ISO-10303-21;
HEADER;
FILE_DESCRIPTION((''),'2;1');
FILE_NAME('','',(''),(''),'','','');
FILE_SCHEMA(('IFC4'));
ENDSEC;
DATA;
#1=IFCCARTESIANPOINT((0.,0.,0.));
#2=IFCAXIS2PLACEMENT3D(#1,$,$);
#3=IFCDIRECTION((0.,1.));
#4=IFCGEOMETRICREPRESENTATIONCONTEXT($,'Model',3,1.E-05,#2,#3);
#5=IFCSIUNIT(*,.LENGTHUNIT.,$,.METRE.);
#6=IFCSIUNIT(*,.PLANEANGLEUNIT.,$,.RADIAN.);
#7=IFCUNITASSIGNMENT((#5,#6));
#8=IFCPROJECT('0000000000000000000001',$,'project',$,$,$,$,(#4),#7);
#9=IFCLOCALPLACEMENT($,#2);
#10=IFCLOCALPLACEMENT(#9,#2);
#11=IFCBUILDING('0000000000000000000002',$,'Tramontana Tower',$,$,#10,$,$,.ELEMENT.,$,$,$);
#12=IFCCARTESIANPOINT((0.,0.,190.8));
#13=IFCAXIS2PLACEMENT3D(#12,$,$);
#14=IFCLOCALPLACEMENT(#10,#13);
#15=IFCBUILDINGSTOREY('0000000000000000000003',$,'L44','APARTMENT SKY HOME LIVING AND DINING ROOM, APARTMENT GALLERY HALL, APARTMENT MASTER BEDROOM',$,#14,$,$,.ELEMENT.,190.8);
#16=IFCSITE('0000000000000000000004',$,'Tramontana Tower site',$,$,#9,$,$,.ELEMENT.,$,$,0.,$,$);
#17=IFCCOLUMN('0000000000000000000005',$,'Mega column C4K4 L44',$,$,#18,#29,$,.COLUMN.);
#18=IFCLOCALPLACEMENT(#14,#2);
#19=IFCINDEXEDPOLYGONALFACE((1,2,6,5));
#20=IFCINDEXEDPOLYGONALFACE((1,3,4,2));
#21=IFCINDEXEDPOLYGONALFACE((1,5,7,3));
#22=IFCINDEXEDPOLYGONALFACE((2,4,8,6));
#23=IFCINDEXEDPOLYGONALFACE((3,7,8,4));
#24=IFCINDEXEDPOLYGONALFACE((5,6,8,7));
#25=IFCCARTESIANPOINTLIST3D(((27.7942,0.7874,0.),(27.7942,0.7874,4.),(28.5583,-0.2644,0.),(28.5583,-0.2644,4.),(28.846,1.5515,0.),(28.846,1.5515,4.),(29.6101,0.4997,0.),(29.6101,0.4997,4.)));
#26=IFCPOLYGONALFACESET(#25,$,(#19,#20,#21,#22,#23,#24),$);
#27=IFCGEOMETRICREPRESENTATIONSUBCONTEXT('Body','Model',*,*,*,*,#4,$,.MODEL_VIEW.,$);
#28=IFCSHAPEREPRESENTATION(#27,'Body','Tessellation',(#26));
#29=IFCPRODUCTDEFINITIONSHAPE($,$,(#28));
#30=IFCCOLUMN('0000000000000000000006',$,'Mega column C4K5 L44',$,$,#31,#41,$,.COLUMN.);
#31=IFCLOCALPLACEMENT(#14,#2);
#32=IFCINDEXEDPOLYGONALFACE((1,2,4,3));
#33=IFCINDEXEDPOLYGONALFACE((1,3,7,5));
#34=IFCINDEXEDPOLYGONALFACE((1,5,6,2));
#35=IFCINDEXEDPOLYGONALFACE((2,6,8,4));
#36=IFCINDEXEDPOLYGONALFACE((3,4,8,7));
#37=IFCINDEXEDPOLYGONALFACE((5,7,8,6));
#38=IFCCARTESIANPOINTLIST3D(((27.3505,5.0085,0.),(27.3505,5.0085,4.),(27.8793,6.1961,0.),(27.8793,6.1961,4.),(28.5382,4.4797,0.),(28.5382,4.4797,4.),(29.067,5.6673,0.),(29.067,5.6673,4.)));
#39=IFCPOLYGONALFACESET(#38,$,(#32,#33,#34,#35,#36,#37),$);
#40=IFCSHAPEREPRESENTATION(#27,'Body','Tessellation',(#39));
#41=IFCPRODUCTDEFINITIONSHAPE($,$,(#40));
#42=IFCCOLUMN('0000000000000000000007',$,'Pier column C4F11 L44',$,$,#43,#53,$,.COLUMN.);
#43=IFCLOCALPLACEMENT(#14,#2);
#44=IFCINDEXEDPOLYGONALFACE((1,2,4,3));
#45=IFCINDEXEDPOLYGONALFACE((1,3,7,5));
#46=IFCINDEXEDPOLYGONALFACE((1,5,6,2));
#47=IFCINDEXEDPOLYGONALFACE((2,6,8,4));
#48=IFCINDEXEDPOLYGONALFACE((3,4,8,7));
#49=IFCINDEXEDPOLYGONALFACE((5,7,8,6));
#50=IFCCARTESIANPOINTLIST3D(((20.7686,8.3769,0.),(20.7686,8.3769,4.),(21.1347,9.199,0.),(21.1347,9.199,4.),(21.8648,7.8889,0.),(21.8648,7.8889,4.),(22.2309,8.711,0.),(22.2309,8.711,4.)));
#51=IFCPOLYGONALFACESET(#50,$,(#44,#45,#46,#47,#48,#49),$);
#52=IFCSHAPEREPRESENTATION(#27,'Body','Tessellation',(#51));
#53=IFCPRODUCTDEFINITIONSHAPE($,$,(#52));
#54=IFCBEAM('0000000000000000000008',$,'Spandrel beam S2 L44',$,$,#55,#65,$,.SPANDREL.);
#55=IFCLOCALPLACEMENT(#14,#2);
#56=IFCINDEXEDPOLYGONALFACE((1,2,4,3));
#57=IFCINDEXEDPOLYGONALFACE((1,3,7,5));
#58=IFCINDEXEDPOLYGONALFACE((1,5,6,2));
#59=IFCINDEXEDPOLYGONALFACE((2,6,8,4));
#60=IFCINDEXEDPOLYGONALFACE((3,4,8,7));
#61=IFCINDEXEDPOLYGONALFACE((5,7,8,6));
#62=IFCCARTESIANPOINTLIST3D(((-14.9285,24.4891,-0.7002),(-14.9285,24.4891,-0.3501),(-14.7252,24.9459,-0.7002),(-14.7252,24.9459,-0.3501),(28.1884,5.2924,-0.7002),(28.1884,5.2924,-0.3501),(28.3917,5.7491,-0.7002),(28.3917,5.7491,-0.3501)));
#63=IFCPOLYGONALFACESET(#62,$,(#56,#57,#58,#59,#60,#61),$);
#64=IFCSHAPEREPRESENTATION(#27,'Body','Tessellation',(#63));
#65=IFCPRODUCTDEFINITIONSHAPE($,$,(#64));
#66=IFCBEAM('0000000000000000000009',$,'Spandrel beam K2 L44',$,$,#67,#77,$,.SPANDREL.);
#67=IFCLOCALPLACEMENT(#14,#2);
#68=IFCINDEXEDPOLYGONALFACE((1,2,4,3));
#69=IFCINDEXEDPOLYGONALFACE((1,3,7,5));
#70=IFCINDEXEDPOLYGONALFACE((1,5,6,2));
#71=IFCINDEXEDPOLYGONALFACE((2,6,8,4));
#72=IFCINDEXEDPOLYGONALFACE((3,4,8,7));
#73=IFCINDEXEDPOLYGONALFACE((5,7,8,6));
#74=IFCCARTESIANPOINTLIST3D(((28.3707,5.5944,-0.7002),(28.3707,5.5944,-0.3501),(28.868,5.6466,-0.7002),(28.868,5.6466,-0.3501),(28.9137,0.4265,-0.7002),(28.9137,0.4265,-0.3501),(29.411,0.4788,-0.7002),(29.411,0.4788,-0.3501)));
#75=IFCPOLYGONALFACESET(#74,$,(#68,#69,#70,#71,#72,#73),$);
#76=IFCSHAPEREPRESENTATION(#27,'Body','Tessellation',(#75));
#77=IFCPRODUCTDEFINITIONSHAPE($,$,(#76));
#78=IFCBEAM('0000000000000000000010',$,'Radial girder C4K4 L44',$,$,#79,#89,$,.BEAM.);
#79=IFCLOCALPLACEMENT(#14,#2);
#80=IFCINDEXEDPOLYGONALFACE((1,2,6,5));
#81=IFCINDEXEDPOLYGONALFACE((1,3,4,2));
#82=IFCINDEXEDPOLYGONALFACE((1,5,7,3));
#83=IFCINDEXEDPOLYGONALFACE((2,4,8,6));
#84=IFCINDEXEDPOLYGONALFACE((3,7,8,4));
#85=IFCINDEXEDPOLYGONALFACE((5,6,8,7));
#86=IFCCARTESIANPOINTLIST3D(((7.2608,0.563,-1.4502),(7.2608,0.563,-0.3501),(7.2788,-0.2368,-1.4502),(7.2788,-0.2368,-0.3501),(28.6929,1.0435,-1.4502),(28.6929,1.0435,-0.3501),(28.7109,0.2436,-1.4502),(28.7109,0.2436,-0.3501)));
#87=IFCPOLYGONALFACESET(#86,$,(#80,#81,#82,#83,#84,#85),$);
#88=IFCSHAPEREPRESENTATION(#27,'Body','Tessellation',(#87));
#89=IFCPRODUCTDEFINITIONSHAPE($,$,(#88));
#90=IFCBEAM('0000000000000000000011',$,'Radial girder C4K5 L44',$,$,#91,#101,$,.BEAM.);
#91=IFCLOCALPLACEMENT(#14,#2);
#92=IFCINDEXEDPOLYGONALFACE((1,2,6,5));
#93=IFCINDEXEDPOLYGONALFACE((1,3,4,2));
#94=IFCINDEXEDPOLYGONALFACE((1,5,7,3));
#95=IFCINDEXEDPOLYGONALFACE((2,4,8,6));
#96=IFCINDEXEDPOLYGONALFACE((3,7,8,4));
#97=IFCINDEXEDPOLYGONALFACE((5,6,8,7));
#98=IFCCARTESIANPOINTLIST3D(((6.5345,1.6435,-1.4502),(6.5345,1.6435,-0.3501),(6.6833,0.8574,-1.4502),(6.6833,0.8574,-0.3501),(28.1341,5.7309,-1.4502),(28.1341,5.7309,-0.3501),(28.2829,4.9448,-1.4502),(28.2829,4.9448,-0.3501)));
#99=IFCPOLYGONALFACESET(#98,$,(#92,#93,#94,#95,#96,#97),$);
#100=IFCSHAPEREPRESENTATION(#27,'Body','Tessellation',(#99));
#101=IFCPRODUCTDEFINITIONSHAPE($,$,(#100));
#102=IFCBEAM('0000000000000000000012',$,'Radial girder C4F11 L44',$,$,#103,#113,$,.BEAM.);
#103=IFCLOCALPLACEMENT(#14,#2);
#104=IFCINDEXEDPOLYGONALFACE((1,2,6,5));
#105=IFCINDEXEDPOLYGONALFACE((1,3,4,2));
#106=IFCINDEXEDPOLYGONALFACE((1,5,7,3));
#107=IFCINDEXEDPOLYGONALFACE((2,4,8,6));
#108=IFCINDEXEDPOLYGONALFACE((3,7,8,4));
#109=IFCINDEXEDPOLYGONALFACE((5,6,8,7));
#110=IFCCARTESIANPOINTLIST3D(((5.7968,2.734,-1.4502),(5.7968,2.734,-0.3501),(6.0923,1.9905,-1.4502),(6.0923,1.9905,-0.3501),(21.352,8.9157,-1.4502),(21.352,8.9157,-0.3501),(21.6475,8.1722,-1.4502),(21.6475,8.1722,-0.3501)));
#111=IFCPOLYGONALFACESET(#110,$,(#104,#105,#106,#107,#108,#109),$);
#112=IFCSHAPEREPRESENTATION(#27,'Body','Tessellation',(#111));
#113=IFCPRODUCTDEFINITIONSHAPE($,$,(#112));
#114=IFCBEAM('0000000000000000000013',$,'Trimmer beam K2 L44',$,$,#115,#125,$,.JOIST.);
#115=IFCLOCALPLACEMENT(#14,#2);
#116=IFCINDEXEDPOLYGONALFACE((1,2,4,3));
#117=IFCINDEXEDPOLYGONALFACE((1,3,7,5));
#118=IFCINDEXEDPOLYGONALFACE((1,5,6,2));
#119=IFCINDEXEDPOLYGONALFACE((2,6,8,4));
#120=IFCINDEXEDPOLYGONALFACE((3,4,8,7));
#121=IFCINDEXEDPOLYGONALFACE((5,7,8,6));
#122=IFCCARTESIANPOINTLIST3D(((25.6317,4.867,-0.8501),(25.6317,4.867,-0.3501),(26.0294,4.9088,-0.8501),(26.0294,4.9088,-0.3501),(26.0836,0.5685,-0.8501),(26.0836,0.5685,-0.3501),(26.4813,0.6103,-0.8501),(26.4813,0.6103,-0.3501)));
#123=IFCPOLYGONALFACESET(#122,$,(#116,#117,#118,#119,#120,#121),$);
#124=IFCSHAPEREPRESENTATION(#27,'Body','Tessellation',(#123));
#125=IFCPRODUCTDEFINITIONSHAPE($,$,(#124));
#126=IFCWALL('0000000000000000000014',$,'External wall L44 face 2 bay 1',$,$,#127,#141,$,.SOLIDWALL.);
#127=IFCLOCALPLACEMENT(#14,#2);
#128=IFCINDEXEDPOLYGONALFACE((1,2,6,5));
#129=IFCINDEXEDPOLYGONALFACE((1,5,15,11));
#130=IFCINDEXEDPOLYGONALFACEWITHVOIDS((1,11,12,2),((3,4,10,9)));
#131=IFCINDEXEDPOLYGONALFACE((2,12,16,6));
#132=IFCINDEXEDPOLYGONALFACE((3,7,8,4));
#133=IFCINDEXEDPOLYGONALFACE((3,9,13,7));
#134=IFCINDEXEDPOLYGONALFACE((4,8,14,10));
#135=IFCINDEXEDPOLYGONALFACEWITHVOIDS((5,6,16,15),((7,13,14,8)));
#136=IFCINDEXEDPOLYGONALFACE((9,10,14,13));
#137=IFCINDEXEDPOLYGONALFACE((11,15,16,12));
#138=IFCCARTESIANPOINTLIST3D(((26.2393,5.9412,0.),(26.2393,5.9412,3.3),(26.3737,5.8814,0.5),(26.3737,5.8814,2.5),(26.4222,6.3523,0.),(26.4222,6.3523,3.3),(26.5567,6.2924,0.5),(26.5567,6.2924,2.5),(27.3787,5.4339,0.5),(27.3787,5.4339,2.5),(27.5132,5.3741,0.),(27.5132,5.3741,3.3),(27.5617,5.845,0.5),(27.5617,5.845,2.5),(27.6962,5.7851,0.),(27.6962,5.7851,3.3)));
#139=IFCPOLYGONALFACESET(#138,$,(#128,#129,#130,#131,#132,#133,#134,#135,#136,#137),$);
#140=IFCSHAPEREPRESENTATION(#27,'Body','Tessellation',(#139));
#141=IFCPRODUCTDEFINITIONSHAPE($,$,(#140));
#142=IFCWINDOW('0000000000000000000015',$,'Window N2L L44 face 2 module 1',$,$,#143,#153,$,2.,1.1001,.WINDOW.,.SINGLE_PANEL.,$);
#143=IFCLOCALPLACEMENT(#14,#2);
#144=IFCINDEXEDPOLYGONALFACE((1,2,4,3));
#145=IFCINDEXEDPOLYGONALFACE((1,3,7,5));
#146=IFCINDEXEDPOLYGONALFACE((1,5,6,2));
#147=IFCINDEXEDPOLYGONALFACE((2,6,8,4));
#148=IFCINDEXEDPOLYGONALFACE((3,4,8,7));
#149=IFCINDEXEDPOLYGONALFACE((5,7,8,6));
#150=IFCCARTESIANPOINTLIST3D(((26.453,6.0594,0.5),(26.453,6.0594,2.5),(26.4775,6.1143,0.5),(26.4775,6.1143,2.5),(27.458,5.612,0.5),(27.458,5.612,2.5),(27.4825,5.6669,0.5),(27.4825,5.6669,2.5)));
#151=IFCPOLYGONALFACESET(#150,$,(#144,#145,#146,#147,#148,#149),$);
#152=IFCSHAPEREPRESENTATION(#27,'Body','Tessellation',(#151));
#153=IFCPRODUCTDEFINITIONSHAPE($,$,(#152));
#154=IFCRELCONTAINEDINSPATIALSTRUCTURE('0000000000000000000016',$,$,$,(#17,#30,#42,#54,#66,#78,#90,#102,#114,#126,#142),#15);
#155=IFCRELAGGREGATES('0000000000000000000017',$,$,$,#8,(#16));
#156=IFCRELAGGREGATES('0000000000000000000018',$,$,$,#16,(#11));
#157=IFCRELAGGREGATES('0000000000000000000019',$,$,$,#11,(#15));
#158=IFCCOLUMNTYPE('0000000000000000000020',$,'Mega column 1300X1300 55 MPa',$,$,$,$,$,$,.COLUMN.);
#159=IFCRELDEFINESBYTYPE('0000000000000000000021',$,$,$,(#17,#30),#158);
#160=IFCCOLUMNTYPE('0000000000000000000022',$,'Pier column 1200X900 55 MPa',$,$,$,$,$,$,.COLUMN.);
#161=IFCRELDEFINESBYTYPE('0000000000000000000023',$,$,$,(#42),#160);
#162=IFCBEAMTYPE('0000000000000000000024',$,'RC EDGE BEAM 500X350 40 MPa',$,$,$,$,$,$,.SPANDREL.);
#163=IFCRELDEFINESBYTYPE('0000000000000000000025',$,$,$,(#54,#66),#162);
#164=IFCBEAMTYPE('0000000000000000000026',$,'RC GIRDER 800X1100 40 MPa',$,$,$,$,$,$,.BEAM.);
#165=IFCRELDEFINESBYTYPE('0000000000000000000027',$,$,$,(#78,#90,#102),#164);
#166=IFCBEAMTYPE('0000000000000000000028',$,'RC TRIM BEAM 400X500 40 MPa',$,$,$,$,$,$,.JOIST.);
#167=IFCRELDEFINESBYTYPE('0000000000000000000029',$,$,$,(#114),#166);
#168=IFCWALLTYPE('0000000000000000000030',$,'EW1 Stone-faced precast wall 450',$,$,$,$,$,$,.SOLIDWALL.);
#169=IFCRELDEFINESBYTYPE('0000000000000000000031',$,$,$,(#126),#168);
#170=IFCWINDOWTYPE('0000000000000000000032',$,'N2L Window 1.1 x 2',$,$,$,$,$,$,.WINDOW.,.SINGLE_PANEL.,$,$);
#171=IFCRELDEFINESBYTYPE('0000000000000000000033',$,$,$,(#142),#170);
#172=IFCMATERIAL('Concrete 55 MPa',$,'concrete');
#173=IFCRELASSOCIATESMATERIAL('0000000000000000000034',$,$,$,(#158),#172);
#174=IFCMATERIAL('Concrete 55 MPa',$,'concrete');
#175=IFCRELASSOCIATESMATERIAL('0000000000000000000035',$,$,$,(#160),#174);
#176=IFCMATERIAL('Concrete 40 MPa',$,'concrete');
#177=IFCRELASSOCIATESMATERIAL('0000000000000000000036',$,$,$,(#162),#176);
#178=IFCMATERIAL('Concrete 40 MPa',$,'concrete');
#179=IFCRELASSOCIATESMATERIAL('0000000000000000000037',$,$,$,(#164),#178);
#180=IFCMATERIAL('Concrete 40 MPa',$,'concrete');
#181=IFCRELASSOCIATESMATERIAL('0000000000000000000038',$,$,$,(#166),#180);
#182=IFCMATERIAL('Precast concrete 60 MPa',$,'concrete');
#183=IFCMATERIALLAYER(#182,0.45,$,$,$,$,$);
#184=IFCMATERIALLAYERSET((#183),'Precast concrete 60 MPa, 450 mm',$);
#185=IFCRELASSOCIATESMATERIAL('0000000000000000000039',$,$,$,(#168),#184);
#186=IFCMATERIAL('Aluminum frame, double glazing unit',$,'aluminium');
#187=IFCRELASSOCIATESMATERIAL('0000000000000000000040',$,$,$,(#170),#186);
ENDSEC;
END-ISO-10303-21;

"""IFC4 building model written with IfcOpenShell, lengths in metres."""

from ifc_helpers import new_model, si_unit, direction, frame, frame_2d, origin, origin_2d, place, context, subcontext, project, spatial, rectangle, extrude, material, layer, layer_set, material_profile, profile_set, type_object, element, fill, save


model = new_model("IFC4")

# Units and contexts
model_context = context("Model", 3, precision=1e-05, world=origin(), true_north=direction((0.0, 1.0)))
body_context = subcontext(model_context, "Body", "Model", "MODEL_VIEW")
ifc_project = project(units=[si_unit("LENGTHUNIT", "METRE"), si_unit("PLANEANGLEUNIT", "RADIAN")], contexts=[model_context])

# Site, building, storey
site_placement = place(None, origin())
site = spatial("IfcSite", under=ifc_project, at=site_placement, Name="Tramontana Tower site", CompositionType="ELEMENT", RefElevation=0.0)
building_placement = place(site_placement, origin())
building = spatial("IfcBuilding", under=site, at=building_placement, Name="Tramontana Tower", CompositionType="ELEMENT")
storey_placement = place(building_placement, frame((0.0, 0.0, 190.8)))
storey = spatial("IfcBuildingStorey", under=building, at=storey_placement, Name="L44", Description="APARTMENT SKY HOME LIVING AND DINING ROOM, APARTMENT GALLERY HALL, APARTMENT MASTER BEDROOM", CompositionType="ELEMENT", Elevation=190.8)

# Columns
ifc_material_1 = material(Name="Concrete 55 MPa", Category="concrete")
ifc_material_profile_1 = material_profile(ifc_material_1, rectangle(XDim=1.3, YDim=1.3, at=origin_2d()), Name="Mega column 1300X1300 55 MPa")
ifc_profile_set_1 = profile_set([ifc_material_profile_1], Name="Concrete 55 MPa")
column_type_1 = type_object("IfcColumnType", Name="Mega column 1300X1300 55 MPa", PredefinedType="COLUMN", material=ifc_profile_set_1)
for number, where, z_axis, x_axis, name in (
    (1, (28.7021, 0.6436, 0.0), (0.0, 0.0, 1.0), (0.809017, 0.587785, 0.0), "Mega column C4K4 L44"),
    (2, (28.2087, 5.3379, 0.0), (0.0, 0.0, 1.0), (-0.913545, 0.406737, 0.0), "Mega column C4K5 L44"),
):
    element("IfcColumn", number, at=place(storey_placement, frame(where, z_axis=z_axis, x_axis=x_axis)), inside=storey, type_object=column_type_1, Name=name, PredefinedType="COLUMN", context=body_context, shape_type="SweptSolid", body=[
        extrude(rectangle(XDim=1.3, YDim=1.3, at=origin_2d()), origin(), (0.0, 0.0, 1.0), 4.0),
    ])
ifc_material_2 = material(Name="Concrete 55 MPa", Category="concrete")
ifc_material_profile_2 = material_profile(ifc_material_2, rectangle(XDim=1.2, YDim=0.8999, at=origin_2d()), Name="Pier column 1200X900 55 MPa")
ifc_profile_set_2 = profile_set([ifc_material_profile_2], Name="Concrete 55 MPa")
column_type_2 = type_object("IfcColumnType", Name="Pier column 1200X900 55 MPa", PredefinedType="COLUMN", material=ifc_profile_set_2)
column_placement = place(storey_placement, frame((21.4998, 8.5439, 0.0), z_axis=(0.0, 0.0, 1.0), x_axis=(-0.913545, 0.406737, 0.0)))
element("IfcColumn", 3, at=column_placement, inside=storey, type_object=column_type_2, Name="Pier column C4F11 L44", PredefinedType="COLUMN", context=body_context, shape_type="SweptSolid", body=[
    extrude(rectangle(XDim=1.2, YDim=0.8999, at=origin_2d()), origin(), (0.0, 0.0, 1.0), 4.0),
])

# Beams
ifc_material_3 = material(Name="Concrete 40 MPa", Category="concrete")
ifc_material_profile_3 = material_profile(ifc_material_3, rectangle(XDim=0.5, YDim=0.3501, at=origin_2d()), Name="RC EDGE BEAM 500X350 40 MPa")
ifc_profile_set_3 = profile_set([ifc_material_profile_3], Name="Concrete 40 MPa")
beam_type_1 = type_object("IfcBeamType", Name="RC EDGE BEAM 500X350 40 MPa", PredefinedType="SPANDREL", material=ifc_profile_set_3)
beam_1_placement = place(storey_placement, frame((28.29, 5.5208, -0.5251), z_axis=(-0.913546, 0.406734, 0.0), x_axis=(-0.406734, -0.913546, 0.0)))
element("IfcBeam", 4, at=beam_1_placement, inside=storey, type_object=beam_type_1, Name="Spandrel beam S2 L44", PredefinedType="SPANDREL", context=body_context, shape_type="SweptSolid", body=[
    extrude(rectangle(XDim=0.5, YDim=0.3501, at=origin_2d()), origin(), (0.0, 0.0, 1.0), 47.1973),
])
beam_2_placement = place(storey_placement, frame((29.1624, 0.4526, -0.5251), z_axis=(-0.104494, 0.994526, 0.0), x_axis=(-0.994526, -0.104494, 0.0)))
element("IfcBeam", 5, at=beam_2_placement, inside=storey, type_object=beam_type_1, Name="Spandrel beam K2 L44", PredefinedType="SPANDREL", context=body_context, shape_type="SweptSolid", body=[
    extrude(rectangle(XDim=0.5, YDim=0.3501, at=origin_2d()), origin(), (0.0, 0.0, 1.0), 5.1963),
])
ifc_material_4 = material(Name="Concrete 40 MPa", Category="concrete")
ifc_material_profile_4 = material_profile(ifc_material_4, rectangle(XDim=0.8, YDim=1.1001, at=origin_2d()), Name="RC GIRDER 800X1100 40 MPa")
ifc_profile_set_4 = profile_set([ifc_material_profile_4], Name="Concrete 40 MPa")
beam_type_2 = type_object("IfcBeamType", Name="RC GIRDER 800X1100 40 MPa", PredefinedType="BEAM", material=ifc_profile_set_4)
beam_3_placement = place(storey_placement, frame((28.7019, 0.6436, -0.9001), z_axis=(-0.999749, -0.022413, 0.0), x_axis=(0.022413, -0.999749, 0.0)))
element("IfcBeam", 6, at=beam_3_placement, inside=storey, type_object=beam_type_2, Name="Radial girder C4K4 L44", PredefinedType="BEAM", context=body_context, shape_type="SweptSolid", body=[
    extrude(rectangle(XDim=0.8, YDim=1.1001, at=origin_2d()), origin(), (0.0, 0.0, 1.0), 21.4375),
])
beam_4_placement = place(storey_placement, frame((28.2085, 5.3379, -0.9001), z_axis=(-0.982562, -0.185935, 0.0), x_axis=(0.185935, -0.982562, 0.0)))
element("IfcBeam", 7, at=beam_4_placement, inside=storey, type_object=beam_type_2, Name="Radial girder C4K5 L44", PredefinedType="BEAM", context=body_context, shape_type="SweptSolid", body=[
    extrude(rectangle(XDim=0.8, YDim=1.1001, at=origin_2d()), origin(), (0.0, 0.0, 1.0), 21.9829),
])
beam_5_placement = place(storey_placement, frame((21.4998, 8.5439, -0.9001), z_axis=(-0.929307, -0.369308, 0.0), x_axis=(0.369308, -0.929307, 0.0)))
element("IfcBeam", 8, at=beam_5_placement, inside=storey, type_object=beam_type_2, Name="Radial girder C4F11 L44", PredefinedType="BEAM", context=body_context, shape_type="SweptSolid", body=[
    extrude(rectangle(XDim=0.8, YDim=1.1001, at=origin_2d()), origin(), (0.0, 0.0, 1.0), 16.7385),
])
ifc_material_5 = material(Name="Concrete 40 MPa", Category="concrete")
ifc_material_profile_5 = material_profile(ifc_material_5, rectangle(XDim=0.3999, YDim=0.5, at=origin_2d()), Name="RC TRIM BEAM 400X500 40 MPa")
ifc_profile_set_5 = profile_set([ifc_material_profile_5], Name="Concrete 40 MPa")
beam_type_3 = type_object("IfcBeamType", Name="RC TRIM BEAM 400X500 40 MPa", PredefinedType="JOIST", material=ifc_profile_set_5)
beam_6_placement = place(storey_placement, frame((26.2825, 0.5894, -0.6001), z_axis=(-0.104552, 0.994519, 0.0), x_axis=(-0.994519, -0.104552, 0.0)))
element("IfcBeam", 9, at=beam_6_placement, inside=storey, type_object=beam_type_3, Name="Trimmer beam K2 L44", PredefinedType="JOIST", context=body_context, shape_type="SweptSolid", body=[
    extrude(rectangle(XDim=0.3999, YDim=0.5, at=origin_2d()), origin(), (0.0, 0.0, 1.0), 4.3223),
])

# Wall, opening, window
ifc_material_6 = material(Name="Precast concrete 60 MPa", Category="concrete")
ifc_layer_1 = layer(ifc_material_6, 0.45)
ifc_layer_set_1 = layer_set([ifc_layer_1], Name="Precast concrete 60 MPa, 450 mm")
wall_type_1 = type_object("IfcWallType", Name="EW1 Stone-faced precast wall 450", PredefinedType="SOLIDWALL", material=ifc_layer_set_1)
wall_1_placement = place(storey_placement, frame((27.6047, 5.5796, 0.0), z_axis=(0.0, 0.0, 1.0), x_axis=(-0.913559, 0.406707, 0.0)))
wall_1 = element("IfcWall", 10, at=wall_1_placement, inside=storey, type_object=wall_type_1, Name="External wall L44 face 2 bay 1", PredefinedType="SOLIDWALL", context=body_context, shape_type="SweptSolid", body=[
    extrude(rectangle(XDim=1.3945, YDim=0.45, at=frame_2d((0.6973, 0.0))), origin(), (0.0, 0.0, 1.0), 3.3),
])
opening_1_placement = place(wall_1_placement, frame((0.1472, 0.0, 0.5)))
opening_1 = element("IfcOpeningElement", 11, at=opening_1_placement, cuts=wall_1, PredefinedType="OPENING", context=body_context, shape_type="SweptSolid", body=[
    extrude(rectangle(XDim=1.1001, YDim=2.0, at=frame_2d((0.55, 1.0))), frame((0.0, 0.2349, 0.0), z_axis=(0.0, -1.0, 0.0), x_axis=(1.0, 0.0, 0.0)), (0.0, 0.0, 1.0), 0.47),
])
ifc_material_7 = material(Name="Aluminum frame, double glazing unit", Category="aluminium")
window_type_1 = type_object("IfcWindowType", Name="N2L Window 1.1 x 2", PartitioningType="SINGLE_PANEL", PredefinedType="WINDOW", material=ifc_material_7)
window_1_placement = place(opening_1_placement, origin())
window_1 = element("IfcWindow", 12, at=window_1_placement, inside=storey, type_object=window_type_1, Name="Window N2L L44 face 2 module 1", OverallHeight=2.0, OverallWidth=1.1001, PartitioningType="SINGLE_PANEL", PredefinedType="WINDOW", context=body_context, shape_type="SweptSolid", body=[
    extrude(rectangle(XDim=1.1001, YDim=2.0, at=frame_2d((0.55, 1.0))), frame((0.0, 0.03, 0.0), z_axis=(0.0, -1.0, 0.0), x_axis=(1.0, 0.0, 0.0)), (0.0, 0.0, 1.0), 0.0601),
])
fill(opening_1, window_1)

save(model, "model.ifc")
